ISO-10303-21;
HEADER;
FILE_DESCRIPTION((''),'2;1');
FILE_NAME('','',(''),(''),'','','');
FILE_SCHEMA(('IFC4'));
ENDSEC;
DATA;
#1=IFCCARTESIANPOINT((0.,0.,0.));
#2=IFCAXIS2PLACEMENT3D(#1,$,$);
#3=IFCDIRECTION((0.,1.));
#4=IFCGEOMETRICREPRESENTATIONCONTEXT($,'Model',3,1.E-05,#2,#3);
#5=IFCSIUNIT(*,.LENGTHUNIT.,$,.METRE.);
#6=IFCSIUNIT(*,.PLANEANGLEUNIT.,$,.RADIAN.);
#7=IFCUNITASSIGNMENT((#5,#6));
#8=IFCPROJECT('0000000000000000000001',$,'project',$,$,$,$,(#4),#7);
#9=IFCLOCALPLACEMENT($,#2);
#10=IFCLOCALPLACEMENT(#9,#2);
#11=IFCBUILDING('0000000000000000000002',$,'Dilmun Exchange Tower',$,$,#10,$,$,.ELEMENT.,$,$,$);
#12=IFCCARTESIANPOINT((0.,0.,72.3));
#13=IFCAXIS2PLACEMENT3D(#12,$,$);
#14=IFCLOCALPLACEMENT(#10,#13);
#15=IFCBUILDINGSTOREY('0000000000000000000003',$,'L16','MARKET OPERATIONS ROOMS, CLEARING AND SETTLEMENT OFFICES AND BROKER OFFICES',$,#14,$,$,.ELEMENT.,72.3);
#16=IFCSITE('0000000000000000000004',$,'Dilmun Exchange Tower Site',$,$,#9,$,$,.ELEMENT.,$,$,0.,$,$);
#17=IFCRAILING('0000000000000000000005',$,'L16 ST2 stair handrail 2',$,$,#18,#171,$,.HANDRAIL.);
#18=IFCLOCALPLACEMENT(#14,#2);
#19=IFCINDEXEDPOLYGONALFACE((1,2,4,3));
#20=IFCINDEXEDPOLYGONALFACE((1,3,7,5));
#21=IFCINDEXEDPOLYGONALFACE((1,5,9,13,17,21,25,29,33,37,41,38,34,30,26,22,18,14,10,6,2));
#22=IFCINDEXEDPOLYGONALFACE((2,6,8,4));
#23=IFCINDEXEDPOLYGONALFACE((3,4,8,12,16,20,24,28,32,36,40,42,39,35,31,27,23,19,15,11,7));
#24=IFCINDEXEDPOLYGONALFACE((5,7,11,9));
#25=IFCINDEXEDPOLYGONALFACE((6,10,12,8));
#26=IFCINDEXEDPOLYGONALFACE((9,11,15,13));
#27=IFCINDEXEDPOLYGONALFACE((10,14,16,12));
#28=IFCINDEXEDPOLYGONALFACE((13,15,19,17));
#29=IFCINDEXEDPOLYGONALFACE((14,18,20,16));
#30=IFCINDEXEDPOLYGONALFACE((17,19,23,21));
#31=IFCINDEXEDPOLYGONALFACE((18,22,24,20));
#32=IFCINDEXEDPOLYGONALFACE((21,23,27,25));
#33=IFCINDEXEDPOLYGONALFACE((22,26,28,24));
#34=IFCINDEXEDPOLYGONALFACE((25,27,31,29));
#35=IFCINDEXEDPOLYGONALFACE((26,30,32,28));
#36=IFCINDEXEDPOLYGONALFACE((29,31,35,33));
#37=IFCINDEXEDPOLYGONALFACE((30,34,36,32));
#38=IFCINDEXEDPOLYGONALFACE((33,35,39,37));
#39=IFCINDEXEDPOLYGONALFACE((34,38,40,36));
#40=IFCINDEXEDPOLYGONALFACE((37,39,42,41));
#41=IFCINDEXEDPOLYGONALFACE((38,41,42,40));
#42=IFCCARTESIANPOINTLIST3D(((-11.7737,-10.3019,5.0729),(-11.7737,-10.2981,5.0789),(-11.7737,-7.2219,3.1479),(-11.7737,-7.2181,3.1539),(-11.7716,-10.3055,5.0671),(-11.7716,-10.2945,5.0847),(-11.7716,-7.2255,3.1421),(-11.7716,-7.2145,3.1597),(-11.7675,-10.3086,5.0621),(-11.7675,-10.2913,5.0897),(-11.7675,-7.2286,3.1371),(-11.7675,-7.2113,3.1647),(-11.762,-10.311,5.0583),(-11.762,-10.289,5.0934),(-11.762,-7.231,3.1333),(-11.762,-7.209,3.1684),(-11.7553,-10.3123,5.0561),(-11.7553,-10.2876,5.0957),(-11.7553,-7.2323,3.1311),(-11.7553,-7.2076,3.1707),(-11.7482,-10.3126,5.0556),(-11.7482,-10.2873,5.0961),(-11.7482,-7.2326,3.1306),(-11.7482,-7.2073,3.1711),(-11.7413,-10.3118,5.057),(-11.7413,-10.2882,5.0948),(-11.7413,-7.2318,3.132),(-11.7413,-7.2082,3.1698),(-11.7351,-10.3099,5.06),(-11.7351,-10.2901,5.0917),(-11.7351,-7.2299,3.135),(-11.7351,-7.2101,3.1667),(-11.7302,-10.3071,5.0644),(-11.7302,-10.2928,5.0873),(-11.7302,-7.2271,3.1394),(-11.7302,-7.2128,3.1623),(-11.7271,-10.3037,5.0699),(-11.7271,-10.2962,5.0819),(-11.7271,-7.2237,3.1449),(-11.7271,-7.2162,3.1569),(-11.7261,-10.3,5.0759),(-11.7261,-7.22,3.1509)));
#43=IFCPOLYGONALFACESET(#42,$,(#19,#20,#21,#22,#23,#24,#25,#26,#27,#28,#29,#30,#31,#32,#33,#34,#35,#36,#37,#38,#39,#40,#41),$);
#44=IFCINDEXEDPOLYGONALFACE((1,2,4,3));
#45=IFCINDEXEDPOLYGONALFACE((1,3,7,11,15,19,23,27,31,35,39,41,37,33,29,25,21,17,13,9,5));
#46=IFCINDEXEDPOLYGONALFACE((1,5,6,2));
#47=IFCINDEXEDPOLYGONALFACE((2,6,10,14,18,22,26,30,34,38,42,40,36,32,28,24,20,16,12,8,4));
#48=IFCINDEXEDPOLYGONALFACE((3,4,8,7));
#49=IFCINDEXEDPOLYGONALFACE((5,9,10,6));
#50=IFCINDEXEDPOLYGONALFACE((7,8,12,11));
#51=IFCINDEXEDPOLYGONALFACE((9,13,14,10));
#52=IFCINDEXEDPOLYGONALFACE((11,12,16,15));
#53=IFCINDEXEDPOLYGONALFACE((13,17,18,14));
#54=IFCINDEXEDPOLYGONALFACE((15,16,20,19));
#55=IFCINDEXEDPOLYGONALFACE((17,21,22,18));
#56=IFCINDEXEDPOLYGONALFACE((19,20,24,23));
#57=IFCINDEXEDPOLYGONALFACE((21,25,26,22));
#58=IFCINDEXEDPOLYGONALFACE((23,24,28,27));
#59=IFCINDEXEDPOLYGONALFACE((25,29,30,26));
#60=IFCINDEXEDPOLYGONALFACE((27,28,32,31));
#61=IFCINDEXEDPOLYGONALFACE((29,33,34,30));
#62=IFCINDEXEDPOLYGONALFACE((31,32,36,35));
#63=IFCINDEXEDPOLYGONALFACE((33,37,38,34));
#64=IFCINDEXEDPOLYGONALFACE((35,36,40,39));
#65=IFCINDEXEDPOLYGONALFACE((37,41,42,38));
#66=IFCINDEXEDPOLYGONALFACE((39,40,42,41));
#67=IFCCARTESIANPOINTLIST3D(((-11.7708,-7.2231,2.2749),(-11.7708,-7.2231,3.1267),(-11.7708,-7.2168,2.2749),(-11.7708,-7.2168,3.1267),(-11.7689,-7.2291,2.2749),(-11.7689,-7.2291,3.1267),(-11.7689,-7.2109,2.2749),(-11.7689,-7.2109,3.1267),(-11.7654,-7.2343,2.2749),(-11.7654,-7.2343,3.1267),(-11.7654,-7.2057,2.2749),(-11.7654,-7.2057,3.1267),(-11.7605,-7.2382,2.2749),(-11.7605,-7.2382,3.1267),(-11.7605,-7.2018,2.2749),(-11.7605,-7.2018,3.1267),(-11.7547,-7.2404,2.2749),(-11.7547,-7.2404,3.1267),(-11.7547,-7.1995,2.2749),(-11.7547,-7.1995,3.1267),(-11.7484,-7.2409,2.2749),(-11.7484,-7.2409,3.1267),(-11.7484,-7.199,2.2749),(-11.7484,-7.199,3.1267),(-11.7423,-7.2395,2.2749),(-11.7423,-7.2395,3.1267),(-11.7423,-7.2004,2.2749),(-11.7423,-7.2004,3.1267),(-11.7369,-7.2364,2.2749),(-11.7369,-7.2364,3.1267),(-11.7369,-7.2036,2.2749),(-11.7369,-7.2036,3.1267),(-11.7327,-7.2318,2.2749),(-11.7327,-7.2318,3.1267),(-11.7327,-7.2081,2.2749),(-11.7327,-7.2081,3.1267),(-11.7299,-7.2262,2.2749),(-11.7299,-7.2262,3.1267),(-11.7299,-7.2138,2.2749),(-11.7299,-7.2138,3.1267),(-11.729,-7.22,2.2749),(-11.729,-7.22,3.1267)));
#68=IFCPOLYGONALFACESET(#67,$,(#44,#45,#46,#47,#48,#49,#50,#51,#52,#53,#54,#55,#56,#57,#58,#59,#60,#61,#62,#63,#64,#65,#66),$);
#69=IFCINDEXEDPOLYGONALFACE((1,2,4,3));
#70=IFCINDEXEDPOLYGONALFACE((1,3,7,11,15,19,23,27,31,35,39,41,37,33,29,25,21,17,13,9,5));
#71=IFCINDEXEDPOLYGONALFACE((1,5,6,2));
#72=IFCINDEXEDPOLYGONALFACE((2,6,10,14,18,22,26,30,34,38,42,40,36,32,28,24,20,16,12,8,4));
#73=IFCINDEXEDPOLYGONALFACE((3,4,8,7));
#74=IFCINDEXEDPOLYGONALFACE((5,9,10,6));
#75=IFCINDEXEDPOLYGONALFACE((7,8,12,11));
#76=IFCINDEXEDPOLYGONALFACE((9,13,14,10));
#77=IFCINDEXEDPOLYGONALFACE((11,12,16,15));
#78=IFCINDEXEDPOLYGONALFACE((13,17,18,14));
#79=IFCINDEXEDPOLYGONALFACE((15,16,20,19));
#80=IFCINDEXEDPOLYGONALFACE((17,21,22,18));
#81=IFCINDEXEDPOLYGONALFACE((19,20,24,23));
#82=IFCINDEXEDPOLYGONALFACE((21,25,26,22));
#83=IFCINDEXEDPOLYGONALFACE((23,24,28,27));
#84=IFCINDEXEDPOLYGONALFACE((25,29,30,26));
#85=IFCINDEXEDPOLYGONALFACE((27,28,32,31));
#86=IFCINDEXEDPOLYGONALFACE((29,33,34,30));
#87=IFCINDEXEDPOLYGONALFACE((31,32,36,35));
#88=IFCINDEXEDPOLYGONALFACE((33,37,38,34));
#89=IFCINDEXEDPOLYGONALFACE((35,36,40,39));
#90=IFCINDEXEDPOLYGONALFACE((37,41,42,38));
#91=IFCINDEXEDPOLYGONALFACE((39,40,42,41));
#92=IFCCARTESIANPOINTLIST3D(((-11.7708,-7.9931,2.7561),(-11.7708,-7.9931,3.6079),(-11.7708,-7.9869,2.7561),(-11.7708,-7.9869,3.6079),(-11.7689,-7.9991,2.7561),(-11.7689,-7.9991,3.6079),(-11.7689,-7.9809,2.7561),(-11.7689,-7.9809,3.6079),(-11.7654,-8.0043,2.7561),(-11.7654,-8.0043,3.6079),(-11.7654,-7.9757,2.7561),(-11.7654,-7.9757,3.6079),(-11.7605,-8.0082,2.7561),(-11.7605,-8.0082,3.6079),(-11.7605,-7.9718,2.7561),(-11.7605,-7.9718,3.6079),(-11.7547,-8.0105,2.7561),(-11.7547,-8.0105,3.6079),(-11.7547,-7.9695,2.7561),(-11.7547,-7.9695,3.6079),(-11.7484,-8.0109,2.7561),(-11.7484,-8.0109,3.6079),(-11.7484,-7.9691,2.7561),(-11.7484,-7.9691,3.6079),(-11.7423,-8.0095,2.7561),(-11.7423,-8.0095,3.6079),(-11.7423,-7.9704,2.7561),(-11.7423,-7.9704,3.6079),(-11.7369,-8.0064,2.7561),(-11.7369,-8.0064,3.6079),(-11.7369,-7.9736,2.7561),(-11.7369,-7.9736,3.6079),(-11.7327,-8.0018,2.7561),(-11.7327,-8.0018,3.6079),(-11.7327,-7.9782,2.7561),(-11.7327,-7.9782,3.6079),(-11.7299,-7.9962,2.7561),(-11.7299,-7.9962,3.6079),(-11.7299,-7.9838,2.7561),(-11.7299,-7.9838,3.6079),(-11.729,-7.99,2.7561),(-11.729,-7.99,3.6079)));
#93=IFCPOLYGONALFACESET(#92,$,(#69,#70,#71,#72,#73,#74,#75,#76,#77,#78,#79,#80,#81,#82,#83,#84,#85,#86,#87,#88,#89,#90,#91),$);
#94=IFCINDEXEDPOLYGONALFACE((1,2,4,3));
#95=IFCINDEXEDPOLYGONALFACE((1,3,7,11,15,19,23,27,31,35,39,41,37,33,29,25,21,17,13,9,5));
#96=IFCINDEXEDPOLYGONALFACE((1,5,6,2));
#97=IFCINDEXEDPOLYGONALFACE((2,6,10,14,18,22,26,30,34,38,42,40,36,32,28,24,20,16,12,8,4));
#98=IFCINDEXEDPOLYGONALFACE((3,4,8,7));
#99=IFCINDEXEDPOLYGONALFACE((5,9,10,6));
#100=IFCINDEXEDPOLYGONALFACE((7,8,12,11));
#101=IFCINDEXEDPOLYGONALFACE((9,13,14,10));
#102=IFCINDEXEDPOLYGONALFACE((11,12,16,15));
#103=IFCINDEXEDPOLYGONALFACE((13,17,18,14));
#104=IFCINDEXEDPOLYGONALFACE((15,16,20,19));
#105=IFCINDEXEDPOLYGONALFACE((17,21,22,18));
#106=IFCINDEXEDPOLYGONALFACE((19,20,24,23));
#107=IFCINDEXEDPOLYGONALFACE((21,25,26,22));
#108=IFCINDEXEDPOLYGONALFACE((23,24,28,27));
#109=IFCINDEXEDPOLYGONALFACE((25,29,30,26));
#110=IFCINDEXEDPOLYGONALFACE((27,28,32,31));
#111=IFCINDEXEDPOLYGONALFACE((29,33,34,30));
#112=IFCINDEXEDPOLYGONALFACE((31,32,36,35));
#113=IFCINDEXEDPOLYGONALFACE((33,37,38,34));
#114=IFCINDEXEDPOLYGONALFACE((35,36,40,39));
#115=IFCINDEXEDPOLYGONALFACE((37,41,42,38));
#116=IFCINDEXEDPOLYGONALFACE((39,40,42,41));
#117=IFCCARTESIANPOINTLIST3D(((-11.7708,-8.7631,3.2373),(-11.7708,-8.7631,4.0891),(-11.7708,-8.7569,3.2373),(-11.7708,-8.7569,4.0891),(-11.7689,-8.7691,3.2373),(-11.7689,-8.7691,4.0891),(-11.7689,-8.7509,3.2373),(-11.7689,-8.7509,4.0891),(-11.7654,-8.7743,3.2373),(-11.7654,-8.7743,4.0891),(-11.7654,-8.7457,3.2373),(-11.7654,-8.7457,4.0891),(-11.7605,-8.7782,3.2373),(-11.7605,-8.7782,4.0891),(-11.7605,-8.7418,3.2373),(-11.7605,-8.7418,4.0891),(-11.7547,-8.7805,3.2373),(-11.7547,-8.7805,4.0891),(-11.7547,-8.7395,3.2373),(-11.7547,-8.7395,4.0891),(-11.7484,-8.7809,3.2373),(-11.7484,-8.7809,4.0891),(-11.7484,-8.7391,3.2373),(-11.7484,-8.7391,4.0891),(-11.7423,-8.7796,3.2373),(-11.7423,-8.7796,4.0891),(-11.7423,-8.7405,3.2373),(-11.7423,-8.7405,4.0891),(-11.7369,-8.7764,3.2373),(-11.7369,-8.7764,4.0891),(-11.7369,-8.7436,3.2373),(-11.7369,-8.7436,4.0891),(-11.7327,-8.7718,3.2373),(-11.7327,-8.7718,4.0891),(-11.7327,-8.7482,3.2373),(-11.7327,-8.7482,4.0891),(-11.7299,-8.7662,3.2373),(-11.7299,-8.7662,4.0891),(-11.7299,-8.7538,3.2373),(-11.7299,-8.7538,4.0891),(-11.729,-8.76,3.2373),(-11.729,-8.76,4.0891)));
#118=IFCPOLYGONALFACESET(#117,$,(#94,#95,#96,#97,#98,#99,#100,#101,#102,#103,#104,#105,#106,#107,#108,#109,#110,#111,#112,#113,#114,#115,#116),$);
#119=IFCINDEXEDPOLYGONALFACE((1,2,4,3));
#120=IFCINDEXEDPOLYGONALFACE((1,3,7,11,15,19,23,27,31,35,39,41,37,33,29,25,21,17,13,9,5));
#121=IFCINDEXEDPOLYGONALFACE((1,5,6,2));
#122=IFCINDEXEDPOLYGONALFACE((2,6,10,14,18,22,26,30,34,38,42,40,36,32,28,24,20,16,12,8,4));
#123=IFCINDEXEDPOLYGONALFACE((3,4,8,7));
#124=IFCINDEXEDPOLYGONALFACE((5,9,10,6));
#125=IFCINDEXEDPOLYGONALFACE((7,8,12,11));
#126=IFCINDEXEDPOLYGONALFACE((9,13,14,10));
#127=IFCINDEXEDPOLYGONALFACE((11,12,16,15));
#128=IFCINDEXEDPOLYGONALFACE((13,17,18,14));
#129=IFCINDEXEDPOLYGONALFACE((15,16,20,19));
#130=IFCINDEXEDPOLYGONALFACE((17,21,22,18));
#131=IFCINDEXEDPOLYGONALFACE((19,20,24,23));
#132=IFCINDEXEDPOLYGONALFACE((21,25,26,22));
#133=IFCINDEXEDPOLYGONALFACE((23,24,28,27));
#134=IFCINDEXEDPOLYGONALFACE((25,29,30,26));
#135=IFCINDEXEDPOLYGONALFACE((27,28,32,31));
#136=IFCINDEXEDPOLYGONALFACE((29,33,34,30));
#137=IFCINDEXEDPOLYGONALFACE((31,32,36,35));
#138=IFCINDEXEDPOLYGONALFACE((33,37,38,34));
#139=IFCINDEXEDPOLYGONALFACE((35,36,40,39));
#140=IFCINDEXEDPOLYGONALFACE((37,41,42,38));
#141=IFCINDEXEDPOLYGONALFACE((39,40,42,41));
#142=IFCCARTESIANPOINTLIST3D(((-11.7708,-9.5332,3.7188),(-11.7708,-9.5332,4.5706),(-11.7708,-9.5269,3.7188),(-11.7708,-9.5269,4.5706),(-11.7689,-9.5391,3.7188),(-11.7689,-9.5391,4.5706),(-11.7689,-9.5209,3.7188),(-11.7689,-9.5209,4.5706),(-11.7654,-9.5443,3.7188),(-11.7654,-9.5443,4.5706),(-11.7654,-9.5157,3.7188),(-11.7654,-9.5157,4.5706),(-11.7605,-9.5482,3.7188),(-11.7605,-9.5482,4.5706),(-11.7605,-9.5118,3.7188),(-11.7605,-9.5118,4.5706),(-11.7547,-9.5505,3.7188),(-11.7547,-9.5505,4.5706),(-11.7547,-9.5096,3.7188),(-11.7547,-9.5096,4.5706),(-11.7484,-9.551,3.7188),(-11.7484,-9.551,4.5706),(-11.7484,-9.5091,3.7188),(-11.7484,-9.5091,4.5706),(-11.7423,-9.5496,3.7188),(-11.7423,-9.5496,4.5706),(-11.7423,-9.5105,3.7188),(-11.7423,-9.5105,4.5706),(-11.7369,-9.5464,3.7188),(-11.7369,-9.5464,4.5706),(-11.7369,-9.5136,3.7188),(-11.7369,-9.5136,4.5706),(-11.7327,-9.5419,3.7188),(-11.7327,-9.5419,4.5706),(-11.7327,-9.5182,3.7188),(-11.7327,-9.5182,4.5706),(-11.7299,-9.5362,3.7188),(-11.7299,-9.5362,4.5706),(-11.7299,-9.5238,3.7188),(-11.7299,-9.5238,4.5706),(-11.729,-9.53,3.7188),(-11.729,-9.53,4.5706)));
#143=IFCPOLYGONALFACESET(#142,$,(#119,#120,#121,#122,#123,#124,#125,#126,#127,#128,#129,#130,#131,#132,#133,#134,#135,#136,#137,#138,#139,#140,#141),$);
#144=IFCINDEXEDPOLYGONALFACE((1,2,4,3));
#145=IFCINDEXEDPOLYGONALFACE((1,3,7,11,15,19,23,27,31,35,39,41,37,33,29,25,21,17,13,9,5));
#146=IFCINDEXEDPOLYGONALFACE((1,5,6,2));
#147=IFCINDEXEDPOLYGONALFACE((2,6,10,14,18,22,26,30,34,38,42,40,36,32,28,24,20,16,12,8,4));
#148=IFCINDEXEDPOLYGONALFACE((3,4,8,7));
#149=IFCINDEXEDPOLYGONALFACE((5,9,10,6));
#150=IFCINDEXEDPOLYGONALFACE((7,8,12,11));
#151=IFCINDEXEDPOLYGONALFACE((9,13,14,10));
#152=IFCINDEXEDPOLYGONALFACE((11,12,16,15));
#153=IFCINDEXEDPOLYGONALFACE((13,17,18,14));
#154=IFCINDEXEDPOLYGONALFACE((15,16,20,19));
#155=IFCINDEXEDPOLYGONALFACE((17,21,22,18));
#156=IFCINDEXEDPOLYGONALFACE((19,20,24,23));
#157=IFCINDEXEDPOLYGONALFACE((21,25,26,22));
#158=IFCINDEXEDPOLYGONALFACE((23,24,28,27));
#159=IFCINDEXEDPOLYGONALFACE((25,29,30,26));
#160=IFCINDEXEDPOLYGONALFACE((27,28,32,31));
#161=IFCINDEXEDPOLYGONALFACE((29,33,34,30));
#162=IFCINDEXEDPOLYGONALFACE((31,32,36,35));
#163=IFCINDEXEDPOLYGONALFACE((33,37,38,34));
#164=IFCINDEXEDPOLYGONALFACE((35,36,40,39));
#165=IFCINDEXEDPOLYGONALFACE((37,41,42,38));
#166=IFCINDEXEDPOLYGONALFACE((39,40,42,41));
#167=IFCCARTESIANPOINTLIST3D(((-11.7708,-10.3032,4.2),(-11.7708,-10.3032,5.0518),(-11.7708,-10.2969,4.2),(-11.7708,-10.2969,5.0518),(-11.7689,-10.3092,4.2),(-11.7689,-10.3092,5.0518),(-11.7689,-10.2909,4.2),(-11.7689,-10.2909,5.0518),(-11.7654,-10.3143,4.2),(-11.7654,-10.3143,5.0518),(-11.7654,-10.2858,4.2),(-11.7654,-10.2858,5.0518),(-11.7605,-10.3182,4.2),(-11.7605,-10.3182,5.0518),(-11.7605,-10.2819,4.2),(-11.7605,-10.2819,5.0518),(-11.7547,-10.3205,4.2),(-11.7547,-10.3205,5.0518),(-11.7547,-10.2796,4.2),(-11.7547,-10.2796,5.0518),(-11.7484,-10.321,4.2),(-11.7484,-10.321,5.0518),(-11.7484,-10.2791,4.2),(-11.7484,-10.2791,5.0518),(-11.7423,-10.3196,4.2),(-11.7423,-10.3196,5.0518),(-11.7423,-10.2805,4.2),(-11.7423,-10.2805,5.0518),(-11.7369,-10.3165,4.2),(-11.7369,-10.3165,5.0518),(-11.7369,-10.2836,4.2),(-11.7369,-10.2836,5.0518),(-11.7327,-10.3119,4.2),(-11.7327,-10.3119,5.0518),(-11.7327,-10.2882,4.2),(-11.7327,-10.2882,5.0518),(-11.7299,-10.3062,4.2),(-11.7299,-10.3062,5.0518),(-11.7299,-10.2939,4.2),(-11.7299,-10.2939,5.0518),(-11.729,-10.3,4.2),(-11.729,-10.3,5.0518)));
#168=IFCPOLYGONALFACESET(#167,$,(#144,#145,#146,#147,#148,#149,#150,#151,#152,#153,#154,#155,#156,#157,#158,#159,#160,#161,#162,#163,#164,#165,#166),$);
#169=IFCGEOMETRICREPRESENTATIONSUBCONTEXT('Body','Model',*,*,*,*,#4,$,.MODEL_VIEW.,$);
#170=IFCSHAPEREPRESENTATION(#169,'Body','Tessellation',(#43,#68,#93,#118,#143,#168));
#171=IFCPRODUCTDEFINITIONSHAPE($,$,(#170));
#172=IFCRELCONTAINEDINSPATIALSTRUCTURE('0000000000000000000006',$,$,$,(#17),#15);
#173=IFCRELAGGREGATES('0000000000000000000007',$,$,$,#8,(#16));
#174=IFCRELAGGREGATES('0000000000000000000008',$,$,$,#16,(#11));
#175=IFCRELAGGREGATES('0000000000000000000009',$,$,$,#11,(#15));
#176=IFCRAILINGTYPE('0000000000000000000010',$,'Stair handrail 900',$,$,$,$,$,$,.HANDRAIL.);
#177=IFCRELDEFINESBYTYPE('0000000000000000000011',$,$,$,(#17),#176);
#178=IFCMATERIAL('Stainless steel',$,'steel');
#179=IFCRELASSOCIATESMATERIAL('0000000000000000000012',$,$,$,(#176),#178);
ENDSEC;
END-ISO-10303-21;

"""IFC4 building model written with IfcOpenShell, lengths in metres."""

from ifc_helpers import new_model, si_unit, direction, frame, origin, origin_2d, place, context, subcontext, project, spatial, circle, extrude, material, type_object, element, save


model = new_model("IFC4")

# Units and contexts
model_context = context("Model", 3, precision=1e-05, world=origin(), true_north=direction((0.0, 1.0)))
body_context = subcontext(model_context, "Body", "Model", "MODEL_VIEW")
ifc_project = project(units=[si_unit("LENGTHUNIT", "METRE"), si_unit("PLANEANGLEUNIT", "RADIAN")], contexts=[model_context])

# Site, building, storey
site_placement = place(None, origin())
site = spatial("IfcSite", under=ifc_project, at=site_placement, Name="Dilmun Exchange Tower Site", CompositionType="ELEMENT", RefElevation=0.0)
building_placement = place(site_placement, origin())
building = spatial("IfcBuilding", under=site, at=building_placement, Name="Dilmun Exchange Tower", CompositionType="ELEMENT")
storey_placement = place(building_placement, frame((0.0, 0.0, 72.3)))
storey = spatial("IfcBuildingStorey", under=building, at=storey_placement, Name="L16", Description="MARKET OPERATIONS ROOMS, CLEARING AND SETTLEMENT OFFICES AND BROKER OFFICES", CompositionType="ELEMENT", Elevation=72.3)

# Railing
ifc_material_1 = material(Name="Stainless steel", Category="steel")
railing_type = type_object("IfcRailingType", Name="Stair handrail 900", PredefinedType="HANDRAIL", material=ifc_material_1)
railing_1_placement = place(storey_placement, frame((-11.75, -7.22, 2.2749)))
element("IfcRailing", 1, at=railing_1_placement, inside=storey, type_object=railing_type, Name="L16 ST2 stair handrail 2", PredefinedType="HANDRAIL", context=body_context, shape_type="SweptSolid", body=[
    extrude(circle(Radius=0.0239, at=origin_2d()), frame((0.0, 0.0, 0.876), z_axis=(0.0, -0.847998, 0.529999), x_axis=(1.0, 0.0, 0.0)), (0.0, 0.0, 1.0), 3.6321),
    extrude(circle(Radius=0.021, at=origin_2d()), origin(), (0.0, 0.0, 1.0), 0.8518),
    extrude(circle(Radius=0.021, at=origin_2d()), frame((0.0, -0.77, 0.4812)), (0.0, 0.0, 1.0), 0.8518),
    extrude(circle(Radius=0.021, at=origin_2d()), frame((0.0, -1.54, 0.9624)), (0.0, 0.0, 1.0), 0.8518),
    extrude(circle(Radius=0.021, at=origin_2d()), frame((0.0, -2.3101, 1.4438)), (0.0, 0.0, 1.0), 0.8518),
    extrude(circle(Radius=0.021, at=origin_2d()), frame((0.0, -3.0801, 1.925)), (0.0, 0.0, 1.0), 0.8518),
])

save(model, "model.ifc")
